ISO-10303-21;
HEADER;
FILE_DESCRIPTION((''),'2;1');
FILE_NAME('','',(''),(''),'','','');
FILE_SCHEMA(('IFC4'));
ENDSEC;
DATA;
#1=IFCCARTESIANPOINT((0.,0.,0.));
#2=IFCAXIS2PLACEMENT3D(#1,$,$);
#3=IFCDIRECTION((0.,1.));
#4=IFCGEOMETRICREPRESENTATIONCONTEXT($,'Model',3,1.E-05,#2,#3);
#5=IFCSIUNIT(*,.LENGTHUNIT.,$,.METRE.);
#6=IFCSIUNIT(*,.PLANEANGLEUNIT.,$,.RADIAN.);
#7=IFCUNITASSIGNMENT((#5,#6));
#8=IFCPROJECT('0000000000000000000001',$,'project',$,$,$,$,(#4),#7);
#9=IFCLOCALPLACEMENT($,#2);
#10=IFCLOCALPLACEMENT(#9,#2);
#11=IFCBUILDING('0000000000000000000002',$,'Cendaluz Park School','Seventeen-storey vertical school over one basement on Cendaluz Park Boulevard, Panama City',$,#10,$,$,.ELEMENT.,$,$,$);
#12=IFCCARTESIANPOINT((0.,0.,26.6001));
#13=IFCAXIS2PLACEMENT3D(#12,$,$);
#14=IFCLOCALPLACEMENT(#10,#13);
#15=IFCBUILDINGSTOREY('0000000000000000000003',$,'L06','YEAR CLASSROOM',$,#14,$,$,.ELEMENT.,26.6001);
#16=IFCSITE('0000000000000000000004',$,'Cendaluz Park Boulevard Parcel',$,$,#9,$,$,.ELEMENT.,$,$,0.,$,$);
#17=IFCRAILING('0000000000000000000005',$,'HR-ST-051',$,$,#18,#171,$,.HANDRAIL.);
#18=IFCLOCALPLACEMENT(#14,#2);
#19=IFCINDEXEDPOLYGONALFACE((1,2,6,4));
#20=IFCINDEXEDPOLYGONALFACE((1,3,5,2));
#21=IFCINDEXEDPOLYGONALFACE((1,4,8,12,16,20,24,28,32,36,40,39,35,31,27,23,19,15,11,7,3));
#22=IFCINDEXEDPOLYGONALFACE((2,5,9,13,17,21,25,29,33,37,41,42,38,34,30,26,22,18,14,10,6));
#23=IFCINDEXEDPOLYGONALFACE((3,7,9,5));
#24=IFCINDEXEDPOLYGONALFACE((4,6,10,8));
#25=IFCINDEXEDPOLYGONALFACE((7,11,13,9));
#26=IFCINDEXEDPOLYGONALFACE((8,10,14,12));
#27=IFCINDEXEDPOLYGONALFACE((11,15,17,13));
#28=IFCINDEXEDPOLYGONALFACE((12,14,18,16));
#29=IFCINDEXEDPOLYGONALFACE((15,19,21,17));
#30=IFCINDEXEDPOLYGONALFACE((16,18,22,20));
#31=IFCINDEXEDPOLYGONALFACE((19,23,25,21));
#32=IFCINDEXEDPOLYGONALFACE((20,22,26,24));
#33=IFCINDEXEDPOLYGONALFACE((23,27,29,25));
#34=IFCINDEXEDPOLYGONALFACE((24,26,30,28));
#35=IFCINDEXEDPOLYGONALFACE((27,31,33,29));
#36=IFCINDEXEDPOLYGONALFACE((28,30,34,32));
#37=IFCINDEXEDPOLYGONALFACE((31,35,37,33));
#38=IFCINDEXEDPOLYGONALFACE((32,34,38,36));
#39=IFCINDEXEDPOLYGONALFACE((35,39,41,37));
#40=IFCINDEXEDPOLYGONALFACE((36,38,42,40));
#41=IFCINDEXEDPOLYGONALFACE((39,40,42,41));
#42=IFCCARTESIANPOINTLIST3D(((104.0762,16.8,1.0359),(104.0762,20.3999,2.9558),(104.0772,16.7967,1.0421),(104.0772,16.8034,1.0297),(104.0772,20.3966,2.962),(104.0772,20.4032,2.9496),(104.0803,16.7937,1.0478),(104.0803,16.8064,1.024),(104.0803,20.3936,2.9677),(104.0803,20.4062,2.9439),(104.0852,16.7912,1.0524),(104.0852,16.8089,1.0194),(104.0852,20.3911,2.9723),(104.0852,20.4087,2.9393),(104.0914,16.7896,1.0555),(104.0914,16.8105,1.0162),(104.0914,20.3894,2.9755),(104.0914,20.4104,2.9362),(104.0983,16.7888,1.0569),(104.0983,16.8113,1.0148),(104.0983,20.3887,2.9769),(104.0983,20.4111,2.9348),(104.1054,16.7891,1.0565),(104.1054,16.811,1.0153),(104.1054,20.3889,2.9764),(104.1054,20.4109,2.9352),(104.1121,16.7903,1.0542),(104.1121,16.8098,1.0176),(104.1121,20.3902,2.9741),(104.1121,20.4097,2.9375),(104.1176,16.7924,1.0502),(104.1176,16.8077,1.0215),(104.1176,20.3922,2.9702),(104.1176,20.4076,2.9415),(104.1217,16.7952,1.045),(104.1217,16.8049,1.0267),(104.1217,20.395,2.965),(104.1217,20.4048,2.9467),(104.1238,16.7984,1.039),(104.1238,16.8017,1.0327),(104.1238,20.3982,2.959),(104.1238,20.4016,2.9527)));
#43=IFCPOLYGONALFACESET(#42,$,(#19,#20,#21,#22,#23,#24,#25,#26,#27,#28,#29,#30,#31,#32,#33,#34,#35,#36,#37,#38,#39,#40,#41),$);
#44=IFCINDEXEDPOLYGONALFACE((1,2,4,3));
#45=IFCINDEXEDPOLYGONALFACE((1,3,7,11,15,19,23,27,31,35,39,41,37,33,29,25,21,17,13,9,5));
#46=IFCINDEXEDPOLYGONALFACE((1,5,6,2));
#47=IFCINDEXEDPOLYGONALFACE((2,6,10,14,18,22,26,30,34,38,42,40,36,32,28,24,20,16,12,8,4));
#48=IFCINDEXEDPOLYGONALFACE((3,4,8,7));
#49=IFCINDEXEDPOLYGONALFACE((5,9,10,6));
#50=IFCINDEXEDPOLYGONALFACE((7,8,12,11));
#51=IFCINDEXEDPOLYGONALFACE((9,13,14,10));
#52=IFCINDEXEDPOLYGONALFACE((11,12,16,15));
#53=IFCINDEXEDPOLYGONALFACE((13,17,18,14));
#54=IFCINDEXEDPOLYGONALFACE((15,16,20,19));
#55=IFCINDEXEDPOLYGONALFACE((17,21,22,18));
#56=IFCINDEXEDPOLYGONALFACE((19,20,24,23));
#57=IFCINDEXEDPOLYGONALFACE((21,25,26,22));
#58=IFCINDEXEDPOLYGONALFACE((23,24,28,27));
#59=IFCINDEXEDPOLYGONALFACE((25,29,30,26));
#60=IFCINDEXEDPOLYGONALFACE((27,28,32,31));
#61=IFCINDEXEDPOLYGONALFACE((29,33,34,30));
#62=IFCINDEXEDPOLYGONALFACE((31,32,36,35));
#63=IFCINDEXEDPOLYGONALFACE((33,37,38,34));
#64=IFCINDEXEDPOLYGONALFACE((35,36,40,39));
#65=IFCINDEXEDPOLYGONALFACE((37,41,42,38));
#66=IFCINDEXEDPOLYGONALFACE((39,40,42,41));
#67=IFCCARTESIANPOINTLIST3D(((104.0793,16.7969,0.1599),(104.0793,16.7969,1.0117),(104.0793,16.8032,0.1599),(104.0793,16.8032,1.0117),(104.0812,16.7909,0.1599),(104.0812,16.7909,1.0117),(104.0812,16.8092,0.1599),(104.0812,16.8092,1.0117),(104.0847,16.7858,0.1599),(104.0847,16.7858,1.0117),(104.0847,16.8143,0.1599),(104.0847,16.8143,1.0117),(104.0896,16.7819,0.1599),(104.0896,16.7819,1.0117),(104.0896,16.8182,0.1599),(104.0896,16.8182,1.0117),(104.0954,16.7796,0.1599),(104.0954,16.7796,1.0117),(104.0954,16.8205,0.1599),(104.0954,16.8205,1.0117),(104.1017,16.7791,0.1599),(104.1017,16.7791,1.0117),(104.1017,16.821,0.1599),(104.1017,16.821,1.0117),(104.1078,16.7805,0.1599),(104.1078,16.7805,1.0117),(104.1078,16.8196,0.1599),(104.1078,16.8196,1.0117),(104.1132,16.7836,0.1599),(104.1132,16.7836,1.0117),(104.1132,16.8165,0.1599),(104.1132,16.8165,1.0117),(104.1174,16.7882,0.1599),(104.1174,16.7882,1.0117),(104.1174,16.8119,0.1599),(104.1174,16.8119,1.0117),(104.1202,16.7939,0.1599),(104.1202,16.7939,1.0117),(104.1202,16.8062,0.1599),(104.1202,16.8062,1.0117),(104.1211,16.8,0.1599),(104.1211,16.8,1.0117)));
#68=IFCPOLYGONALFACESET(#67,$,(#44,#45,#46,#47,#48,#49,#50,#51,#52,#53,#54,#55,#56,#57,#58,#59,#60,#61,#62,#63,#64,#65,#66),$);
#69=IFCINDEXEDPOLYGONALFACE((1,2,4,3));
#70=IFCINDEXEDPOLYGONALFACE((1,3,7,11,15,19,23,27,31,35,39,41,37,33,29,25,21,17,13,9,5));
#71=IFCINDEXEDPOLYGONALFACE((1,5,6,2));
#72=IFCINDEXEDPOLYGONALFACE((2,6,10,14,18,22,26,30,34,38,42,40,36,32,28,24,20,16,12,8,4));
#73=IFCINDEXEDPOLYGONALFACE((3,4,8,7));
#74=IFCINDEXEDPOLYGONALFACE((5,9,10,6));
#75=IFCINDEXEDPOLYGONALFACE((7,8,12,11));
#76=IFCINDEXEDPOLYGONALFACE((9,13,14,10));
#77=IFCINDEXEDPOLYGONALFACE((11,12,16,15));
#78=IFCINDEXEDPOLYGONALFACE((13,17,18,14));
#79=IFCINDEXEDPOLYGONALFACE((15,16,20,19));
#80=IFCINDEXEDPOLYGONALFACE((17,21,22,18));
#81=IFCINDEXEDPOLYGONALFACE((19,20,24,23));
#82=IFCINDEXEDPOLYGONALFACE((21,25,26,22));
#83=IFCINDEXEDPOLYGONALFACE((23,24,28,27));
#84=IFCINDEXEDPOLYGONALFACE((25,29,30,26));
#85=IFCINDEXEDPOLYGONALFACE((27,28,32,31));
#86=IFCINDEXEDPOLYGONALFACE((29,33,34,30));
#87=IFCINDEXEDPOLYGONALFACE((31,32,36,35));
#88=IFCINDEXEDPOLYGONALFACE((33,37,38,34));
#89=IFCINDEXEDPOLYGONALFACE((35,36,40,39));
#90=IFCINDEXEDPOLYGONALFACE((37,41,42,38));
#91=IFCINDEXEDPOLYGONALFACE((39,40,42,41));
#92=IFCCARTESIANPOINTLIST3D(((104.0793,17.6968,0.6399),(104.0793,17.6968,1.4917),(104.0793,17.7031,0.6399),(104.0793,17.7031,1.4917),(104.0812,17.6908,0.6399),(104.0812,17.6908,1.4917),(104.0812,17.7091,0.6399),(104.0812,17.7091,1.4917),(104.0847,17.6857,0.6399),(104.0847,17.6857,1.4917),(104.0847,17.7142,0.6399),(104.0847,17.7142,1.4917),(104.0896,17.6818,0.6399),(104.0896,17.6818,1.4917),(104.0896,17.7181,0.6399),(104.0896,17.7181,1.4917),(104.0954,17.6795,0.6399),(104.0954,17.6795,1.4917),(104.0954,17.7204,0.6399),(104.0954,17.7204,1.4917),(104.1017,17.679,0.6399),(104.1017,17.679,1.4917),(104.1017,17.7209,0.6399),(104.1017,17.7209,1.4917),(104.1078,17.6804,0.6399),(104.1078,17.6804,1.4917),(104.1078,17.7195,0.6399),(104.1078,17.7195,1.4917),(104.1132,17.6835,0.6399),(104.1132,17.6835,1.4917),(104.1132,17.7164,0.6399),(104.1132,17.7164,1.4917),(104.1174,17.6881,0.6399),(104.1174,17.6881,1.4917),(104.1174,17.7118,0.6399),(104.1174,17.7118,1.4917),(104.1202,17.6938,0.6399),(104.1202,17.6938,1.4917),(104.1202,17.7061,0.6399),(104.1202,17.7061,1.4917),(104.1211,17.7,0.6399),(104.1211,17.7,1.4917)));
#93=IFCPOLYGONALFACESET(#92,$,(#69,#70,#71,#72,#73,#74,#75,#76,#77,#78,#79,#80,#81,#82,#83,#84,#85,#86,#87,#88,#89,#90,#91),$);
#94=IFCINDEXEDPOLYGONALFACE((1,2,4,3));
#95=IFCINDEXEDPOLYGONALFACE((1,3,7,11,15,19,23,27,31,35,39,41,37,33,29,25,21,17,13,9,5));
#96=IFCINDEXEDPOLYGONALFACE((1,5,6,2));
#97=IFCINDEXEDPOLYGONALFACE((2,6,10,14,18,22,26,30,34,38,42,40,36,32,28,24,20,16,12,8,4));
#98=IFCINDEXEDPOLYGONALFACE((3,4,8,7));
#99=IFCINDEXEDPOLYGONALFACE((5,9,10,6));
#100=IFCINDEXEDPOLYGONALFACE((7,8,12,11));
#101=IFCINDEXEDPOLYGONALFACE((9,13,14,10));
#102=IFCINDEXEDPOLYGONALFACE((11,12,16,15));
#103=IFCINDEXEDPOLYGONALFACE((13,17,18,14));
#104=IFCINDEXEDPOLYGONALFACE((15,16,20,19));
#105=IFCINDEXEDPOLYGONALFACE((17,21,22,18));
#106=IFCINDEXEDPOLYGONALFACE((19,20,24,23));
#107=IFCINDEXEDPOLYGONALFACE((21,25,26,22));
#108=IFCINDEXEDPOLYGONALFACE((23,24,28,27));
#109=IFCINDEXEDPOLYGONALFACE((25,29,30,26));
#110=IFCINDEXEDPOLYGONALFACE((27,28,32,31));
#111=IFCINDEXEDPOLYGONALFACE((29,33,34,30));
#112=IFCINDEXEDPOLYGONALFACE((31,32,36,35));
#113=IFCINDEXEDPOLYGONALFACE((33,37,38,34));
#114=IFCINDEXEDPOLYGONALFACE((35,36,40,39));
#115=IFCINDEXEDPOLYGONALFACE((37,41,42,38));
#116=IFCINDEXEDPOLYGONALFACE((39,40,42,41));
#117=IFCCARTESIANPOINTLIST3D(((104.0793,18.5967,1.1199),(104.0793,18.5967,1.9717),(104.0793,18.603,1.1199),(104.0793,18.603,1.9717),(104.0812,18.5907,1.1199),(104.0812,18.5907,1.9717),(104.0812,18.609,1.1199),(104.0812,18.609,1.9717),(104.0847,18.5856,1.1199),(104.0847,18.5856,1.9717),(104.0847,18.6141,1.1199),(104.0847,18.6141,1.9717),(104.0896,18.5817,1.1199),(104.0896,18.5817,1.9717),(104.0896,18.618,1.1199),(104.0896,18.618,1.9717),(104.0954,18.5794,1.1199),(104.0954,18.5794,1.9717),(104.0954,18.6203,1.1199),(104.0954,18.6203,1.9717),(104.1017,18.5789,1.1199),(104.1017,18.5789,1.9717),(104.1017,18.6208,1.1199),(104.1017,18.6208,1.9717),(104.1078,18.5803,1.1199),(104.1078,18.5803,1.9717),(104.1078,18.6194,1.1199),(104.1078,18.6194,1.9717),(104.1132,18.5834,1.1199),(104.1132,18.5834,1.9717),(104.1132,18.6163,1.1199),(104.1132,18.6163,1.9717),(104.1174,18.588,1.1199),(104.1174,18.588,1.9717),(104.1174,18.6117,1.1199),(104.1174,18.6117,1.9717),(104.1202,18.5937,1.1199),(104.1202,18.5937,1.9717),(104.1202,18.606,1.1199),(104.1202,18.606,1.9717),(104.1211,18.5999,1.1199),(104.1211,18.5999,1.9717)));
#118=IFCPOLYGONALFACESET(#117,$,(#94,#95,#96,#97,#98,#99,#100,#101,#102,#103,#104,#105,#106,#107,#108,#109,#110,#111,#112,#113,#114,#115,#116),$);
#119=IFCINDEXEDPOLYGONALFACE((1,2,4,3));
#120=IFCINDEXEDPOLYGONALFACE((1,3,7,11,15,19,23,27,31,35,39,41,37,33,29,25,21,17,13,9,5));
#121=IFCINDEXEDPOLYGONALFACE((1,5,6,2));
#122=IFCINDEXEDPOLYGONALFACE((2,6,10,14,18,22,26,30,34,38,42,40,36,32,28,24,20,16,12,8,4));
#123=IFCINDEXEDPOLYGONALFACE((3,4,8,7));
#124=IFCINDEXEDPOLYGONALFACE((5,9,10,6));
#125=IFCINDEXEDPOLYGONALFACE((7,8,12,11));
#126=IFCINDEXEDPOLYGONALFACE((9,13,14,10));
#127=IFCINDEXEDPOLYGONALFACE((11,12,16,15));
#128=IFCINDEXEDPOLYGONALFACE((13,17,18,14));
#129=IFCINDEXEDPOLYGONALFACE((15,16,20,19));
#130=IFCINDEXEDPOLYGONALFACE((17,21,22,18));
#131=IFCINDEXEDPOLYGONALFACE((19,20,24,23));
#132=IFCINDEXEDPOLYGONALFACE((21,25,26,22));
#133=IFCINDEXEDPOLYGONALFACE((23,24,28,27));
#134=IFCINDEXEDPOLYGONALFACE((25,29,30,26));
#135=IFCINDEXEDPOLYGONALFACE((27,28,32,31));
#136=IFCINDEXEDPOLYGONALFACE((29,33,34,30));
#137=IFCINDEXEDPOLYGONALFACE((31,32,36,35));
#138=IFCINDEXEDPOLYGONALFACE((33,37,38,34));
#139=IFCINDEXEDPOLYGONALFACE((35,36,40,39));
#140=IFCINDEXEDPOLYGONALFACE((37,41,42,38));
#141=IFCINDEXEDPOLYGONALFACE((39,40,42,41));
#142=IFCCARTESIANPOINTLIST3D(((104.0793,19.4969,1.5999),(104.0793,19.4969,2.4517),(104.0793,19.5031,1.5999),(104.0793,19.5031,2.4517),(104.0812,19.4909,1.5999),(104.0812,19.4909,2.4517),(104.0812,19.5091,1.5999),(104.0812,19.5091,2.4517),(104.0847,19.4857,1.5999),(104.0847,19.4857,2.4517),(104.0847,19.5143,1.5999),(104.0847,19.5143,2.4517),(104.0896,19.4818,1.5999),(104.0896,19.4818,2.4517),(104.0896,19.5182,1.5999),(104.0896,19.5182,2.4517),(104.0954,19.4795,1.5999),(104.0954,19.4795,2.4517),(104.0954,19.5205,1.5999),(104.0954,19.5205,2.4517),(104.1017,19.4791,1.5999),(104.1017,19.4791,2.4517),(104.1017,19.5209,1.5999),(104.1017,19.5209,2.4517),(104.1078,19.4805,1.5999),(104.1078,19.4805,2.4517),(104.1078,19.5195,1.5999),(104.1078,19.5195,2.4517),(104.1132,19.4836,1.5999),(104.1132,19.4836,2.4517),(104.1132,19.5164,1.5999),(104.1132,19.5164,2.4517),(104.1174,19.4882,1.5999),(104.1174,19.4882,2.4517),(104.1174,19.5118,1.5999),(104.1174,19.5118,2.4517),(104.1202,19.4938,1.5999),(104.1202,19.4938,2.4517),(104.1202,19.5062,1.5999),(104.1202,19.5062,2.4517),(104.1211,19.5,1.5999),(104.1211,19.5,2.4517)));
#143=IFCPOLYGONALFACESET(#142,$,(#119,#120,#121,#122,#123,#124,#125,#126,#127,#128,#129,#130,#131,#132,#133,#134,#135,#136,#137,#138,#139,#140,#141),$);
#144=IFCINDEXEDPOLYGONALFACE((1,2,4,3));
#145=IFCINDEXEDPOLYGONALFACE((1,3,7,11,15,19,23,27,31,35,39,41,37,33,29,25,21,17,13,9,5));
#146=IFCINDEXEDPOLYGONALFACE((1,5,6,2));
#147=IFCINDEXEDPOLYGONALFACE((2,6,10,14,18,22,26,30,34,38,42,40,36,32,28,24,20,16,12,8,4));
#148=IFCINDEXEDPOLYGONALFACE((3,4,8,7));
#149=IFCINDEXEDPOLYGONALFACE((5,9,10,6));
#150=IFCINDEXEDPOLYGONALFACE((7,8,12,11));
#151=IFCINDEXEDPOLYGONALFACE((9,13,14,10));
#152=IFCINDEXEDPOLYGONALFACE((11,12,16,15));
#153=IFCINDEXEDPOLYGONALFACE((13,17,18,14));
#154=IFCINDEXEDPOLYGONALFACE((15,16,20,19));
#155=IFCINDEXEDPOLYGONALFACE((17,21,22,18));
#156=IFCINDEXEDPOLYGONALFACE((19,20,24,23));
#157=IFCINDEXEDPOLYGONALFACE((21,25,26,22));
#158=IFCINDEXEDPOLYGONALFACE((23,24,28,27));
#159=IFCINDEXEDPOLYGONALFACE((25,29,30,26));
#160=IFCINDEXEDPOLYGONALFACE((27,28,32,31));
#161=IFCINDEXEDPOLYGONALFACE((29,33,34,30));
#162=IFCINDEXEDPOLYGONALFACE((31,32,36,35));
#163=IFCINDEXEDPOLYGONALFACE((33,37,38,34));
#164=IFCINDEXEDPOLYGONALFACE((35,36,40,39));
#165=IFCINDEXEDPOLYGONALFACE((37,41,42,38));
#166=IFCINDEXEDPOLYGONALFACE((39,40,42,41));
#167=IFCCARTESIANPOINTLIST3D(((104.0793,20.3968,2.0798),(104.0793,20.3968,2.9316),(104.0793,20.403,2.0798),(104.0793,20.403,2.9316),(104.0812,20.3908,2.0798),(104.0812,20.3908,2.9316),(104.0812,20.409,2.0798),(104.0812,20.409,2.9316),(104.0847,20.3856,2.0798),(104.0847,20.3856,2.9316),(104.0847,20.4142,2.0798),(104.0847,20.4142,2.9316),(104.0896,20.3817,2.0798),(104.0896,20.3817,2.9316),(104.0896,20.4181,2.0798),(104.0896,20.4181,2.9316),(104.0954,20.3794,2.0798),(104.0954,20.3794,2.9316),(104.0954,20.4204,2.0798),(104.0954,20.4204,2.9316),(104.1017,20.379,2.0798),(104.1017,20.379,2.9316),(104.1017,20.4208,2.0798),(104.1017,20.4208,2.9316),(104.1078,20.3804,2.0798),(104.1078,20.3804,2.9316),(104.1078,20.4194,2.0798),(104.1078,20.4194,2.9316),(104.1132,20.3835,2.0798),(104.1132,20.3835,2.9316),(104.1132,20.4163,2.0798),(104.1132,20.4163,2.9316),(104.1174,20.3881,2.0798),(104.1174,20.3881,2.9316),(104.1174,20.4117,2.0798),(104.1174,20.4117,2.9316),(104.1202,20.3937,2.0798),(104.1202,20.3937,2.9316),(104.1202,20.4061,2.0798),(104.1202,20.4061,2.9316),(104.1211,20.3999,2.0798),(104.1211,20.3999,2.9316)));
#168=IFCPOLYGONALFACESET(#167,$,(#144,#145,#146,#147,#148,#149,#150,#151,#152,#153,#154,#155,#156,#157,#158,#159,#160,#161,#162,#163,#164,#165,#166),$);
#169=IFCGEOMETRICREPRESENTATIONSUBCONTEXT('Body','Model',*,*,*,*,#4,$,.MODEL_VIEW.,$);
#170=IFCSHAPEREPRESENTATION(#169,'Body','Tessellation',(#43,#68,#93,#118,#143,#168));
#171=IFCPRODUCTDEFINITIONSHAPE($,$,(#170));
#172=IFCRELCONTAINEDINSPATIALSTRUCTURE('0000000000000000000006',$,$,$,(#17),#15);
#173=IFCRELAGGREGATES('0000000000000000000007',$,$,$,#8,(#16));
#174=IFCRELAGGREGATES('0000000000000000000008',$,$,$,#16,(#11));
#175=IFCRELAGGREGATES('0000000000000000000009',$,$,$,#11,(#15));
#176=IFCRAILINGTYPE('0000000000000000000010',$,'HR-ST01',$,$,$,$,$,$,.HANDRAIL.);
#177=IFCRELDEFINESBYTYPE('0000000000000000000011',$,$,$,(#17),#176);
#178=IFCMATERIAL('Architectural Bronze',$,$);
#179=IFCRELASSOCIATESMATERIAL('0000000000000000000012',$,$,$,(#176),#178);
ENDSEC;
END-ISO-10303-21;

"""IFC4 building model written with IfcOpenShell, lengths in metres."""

from ifc_helpers import new_model, si_unit, direction, frame, origin, origin_2d, place, context, subcontext, project, spatial, circle, extrude, material, type_object, element, save


model = new_model("IFC4")

# Units and contexts
model_context = context("Model", 3, precision=1e-05, world=origin(), true_north=direction((0.0, 1.0)))
body_context = subcontext(model_context, "Body", "Model", "MODEL_VIEW")
ifc_project = project(units=[si_unit("LENGTHUNIT", "METRE"), si_unit("PLANEANGLEUNIT", "RADIAN")], contexts=[model_context])

# Site, building, storey
site_placement = place(None, origin())
site = spatial("IfcSite", under=ifc_project, at=site_placement, Name="Cendaluz Park Boulevard Parcel", CompositionType="ELEMENT", RefElevation=0.0)
building_placement = place(site_placement, origin())
building = spatial("IfcBuilding", under=site, at=building_placement, Name="Cendaluz Park School", Description="Seventeen-storey vertical school over one basement on Cendaluz Park Boulevard, Panama City", CompositionType="ELEMENT")
storey_placement = place(building_placement, frame((0.0, 0.0, 26.6001)))
storey = spatial("IfcBuildingStorey", under=building, at=storey_placement, Name="L06", Description="YEAR CLASSROOM", CompositionType="ELEMENT", Elevation=26.6001)

# Railing
ifc_material_1 = material(Name="Architectural Bronze")
railing_type_1 = type_object("IfcRailingType", Name="HR-ST01", PredefinedType="HANDRAIL", material=ifc_material_1)
railing_1_placement = place(storey_placement, frame((104.1001, 16.8, 0.1599)))
element("IfcRailing", 1, at=railing_1_placement, inside=storey, type_object=railing_type_1, Name="HR-ST-051", PredefinedType="HANDRAIL", context=body_context, shape_type="SweptSolid", body=[
    extrude(circle(Radius=0.0239, at=origin_2d()), frame((0.0, 0.0, 0.876), z_axis=(0.0, 0.882353, 0.470588), x_axis=(-1.0, 0.0, 0.0)), (0.0, 0.0, 1.0), 4.0798),
    extrude(circle(Radius=0.021, at=origin_2d()), origin(), (0.0, 0.0, 1.0), 0.8518),
    extrude(circle(Radius=0.021, at=origin_2d()), frame((0.0, 0.8999, 0.48)), (0.0, 0.0, 1.0), 0.8518),
    extrude(circle(Radius=0.021, at=origin_2d()), frame((0.0, 1.7998, 0.96)), (0.0, 0.0, 1.0), 0.8518),
    extrude(circle(Radius=0.021, at=origin_2d()), frame((0.0, 2.7, 1.4399)), (0.0, 0.0, 1.0), 0.8518),
    extrude(circle(Radius=0.021, at=origin_2d()), frame((0.0, 3.5999, 1.9199)), (0.0, 0.0, 1.0), 0.8518),
])

save(model, "model.ifc")
